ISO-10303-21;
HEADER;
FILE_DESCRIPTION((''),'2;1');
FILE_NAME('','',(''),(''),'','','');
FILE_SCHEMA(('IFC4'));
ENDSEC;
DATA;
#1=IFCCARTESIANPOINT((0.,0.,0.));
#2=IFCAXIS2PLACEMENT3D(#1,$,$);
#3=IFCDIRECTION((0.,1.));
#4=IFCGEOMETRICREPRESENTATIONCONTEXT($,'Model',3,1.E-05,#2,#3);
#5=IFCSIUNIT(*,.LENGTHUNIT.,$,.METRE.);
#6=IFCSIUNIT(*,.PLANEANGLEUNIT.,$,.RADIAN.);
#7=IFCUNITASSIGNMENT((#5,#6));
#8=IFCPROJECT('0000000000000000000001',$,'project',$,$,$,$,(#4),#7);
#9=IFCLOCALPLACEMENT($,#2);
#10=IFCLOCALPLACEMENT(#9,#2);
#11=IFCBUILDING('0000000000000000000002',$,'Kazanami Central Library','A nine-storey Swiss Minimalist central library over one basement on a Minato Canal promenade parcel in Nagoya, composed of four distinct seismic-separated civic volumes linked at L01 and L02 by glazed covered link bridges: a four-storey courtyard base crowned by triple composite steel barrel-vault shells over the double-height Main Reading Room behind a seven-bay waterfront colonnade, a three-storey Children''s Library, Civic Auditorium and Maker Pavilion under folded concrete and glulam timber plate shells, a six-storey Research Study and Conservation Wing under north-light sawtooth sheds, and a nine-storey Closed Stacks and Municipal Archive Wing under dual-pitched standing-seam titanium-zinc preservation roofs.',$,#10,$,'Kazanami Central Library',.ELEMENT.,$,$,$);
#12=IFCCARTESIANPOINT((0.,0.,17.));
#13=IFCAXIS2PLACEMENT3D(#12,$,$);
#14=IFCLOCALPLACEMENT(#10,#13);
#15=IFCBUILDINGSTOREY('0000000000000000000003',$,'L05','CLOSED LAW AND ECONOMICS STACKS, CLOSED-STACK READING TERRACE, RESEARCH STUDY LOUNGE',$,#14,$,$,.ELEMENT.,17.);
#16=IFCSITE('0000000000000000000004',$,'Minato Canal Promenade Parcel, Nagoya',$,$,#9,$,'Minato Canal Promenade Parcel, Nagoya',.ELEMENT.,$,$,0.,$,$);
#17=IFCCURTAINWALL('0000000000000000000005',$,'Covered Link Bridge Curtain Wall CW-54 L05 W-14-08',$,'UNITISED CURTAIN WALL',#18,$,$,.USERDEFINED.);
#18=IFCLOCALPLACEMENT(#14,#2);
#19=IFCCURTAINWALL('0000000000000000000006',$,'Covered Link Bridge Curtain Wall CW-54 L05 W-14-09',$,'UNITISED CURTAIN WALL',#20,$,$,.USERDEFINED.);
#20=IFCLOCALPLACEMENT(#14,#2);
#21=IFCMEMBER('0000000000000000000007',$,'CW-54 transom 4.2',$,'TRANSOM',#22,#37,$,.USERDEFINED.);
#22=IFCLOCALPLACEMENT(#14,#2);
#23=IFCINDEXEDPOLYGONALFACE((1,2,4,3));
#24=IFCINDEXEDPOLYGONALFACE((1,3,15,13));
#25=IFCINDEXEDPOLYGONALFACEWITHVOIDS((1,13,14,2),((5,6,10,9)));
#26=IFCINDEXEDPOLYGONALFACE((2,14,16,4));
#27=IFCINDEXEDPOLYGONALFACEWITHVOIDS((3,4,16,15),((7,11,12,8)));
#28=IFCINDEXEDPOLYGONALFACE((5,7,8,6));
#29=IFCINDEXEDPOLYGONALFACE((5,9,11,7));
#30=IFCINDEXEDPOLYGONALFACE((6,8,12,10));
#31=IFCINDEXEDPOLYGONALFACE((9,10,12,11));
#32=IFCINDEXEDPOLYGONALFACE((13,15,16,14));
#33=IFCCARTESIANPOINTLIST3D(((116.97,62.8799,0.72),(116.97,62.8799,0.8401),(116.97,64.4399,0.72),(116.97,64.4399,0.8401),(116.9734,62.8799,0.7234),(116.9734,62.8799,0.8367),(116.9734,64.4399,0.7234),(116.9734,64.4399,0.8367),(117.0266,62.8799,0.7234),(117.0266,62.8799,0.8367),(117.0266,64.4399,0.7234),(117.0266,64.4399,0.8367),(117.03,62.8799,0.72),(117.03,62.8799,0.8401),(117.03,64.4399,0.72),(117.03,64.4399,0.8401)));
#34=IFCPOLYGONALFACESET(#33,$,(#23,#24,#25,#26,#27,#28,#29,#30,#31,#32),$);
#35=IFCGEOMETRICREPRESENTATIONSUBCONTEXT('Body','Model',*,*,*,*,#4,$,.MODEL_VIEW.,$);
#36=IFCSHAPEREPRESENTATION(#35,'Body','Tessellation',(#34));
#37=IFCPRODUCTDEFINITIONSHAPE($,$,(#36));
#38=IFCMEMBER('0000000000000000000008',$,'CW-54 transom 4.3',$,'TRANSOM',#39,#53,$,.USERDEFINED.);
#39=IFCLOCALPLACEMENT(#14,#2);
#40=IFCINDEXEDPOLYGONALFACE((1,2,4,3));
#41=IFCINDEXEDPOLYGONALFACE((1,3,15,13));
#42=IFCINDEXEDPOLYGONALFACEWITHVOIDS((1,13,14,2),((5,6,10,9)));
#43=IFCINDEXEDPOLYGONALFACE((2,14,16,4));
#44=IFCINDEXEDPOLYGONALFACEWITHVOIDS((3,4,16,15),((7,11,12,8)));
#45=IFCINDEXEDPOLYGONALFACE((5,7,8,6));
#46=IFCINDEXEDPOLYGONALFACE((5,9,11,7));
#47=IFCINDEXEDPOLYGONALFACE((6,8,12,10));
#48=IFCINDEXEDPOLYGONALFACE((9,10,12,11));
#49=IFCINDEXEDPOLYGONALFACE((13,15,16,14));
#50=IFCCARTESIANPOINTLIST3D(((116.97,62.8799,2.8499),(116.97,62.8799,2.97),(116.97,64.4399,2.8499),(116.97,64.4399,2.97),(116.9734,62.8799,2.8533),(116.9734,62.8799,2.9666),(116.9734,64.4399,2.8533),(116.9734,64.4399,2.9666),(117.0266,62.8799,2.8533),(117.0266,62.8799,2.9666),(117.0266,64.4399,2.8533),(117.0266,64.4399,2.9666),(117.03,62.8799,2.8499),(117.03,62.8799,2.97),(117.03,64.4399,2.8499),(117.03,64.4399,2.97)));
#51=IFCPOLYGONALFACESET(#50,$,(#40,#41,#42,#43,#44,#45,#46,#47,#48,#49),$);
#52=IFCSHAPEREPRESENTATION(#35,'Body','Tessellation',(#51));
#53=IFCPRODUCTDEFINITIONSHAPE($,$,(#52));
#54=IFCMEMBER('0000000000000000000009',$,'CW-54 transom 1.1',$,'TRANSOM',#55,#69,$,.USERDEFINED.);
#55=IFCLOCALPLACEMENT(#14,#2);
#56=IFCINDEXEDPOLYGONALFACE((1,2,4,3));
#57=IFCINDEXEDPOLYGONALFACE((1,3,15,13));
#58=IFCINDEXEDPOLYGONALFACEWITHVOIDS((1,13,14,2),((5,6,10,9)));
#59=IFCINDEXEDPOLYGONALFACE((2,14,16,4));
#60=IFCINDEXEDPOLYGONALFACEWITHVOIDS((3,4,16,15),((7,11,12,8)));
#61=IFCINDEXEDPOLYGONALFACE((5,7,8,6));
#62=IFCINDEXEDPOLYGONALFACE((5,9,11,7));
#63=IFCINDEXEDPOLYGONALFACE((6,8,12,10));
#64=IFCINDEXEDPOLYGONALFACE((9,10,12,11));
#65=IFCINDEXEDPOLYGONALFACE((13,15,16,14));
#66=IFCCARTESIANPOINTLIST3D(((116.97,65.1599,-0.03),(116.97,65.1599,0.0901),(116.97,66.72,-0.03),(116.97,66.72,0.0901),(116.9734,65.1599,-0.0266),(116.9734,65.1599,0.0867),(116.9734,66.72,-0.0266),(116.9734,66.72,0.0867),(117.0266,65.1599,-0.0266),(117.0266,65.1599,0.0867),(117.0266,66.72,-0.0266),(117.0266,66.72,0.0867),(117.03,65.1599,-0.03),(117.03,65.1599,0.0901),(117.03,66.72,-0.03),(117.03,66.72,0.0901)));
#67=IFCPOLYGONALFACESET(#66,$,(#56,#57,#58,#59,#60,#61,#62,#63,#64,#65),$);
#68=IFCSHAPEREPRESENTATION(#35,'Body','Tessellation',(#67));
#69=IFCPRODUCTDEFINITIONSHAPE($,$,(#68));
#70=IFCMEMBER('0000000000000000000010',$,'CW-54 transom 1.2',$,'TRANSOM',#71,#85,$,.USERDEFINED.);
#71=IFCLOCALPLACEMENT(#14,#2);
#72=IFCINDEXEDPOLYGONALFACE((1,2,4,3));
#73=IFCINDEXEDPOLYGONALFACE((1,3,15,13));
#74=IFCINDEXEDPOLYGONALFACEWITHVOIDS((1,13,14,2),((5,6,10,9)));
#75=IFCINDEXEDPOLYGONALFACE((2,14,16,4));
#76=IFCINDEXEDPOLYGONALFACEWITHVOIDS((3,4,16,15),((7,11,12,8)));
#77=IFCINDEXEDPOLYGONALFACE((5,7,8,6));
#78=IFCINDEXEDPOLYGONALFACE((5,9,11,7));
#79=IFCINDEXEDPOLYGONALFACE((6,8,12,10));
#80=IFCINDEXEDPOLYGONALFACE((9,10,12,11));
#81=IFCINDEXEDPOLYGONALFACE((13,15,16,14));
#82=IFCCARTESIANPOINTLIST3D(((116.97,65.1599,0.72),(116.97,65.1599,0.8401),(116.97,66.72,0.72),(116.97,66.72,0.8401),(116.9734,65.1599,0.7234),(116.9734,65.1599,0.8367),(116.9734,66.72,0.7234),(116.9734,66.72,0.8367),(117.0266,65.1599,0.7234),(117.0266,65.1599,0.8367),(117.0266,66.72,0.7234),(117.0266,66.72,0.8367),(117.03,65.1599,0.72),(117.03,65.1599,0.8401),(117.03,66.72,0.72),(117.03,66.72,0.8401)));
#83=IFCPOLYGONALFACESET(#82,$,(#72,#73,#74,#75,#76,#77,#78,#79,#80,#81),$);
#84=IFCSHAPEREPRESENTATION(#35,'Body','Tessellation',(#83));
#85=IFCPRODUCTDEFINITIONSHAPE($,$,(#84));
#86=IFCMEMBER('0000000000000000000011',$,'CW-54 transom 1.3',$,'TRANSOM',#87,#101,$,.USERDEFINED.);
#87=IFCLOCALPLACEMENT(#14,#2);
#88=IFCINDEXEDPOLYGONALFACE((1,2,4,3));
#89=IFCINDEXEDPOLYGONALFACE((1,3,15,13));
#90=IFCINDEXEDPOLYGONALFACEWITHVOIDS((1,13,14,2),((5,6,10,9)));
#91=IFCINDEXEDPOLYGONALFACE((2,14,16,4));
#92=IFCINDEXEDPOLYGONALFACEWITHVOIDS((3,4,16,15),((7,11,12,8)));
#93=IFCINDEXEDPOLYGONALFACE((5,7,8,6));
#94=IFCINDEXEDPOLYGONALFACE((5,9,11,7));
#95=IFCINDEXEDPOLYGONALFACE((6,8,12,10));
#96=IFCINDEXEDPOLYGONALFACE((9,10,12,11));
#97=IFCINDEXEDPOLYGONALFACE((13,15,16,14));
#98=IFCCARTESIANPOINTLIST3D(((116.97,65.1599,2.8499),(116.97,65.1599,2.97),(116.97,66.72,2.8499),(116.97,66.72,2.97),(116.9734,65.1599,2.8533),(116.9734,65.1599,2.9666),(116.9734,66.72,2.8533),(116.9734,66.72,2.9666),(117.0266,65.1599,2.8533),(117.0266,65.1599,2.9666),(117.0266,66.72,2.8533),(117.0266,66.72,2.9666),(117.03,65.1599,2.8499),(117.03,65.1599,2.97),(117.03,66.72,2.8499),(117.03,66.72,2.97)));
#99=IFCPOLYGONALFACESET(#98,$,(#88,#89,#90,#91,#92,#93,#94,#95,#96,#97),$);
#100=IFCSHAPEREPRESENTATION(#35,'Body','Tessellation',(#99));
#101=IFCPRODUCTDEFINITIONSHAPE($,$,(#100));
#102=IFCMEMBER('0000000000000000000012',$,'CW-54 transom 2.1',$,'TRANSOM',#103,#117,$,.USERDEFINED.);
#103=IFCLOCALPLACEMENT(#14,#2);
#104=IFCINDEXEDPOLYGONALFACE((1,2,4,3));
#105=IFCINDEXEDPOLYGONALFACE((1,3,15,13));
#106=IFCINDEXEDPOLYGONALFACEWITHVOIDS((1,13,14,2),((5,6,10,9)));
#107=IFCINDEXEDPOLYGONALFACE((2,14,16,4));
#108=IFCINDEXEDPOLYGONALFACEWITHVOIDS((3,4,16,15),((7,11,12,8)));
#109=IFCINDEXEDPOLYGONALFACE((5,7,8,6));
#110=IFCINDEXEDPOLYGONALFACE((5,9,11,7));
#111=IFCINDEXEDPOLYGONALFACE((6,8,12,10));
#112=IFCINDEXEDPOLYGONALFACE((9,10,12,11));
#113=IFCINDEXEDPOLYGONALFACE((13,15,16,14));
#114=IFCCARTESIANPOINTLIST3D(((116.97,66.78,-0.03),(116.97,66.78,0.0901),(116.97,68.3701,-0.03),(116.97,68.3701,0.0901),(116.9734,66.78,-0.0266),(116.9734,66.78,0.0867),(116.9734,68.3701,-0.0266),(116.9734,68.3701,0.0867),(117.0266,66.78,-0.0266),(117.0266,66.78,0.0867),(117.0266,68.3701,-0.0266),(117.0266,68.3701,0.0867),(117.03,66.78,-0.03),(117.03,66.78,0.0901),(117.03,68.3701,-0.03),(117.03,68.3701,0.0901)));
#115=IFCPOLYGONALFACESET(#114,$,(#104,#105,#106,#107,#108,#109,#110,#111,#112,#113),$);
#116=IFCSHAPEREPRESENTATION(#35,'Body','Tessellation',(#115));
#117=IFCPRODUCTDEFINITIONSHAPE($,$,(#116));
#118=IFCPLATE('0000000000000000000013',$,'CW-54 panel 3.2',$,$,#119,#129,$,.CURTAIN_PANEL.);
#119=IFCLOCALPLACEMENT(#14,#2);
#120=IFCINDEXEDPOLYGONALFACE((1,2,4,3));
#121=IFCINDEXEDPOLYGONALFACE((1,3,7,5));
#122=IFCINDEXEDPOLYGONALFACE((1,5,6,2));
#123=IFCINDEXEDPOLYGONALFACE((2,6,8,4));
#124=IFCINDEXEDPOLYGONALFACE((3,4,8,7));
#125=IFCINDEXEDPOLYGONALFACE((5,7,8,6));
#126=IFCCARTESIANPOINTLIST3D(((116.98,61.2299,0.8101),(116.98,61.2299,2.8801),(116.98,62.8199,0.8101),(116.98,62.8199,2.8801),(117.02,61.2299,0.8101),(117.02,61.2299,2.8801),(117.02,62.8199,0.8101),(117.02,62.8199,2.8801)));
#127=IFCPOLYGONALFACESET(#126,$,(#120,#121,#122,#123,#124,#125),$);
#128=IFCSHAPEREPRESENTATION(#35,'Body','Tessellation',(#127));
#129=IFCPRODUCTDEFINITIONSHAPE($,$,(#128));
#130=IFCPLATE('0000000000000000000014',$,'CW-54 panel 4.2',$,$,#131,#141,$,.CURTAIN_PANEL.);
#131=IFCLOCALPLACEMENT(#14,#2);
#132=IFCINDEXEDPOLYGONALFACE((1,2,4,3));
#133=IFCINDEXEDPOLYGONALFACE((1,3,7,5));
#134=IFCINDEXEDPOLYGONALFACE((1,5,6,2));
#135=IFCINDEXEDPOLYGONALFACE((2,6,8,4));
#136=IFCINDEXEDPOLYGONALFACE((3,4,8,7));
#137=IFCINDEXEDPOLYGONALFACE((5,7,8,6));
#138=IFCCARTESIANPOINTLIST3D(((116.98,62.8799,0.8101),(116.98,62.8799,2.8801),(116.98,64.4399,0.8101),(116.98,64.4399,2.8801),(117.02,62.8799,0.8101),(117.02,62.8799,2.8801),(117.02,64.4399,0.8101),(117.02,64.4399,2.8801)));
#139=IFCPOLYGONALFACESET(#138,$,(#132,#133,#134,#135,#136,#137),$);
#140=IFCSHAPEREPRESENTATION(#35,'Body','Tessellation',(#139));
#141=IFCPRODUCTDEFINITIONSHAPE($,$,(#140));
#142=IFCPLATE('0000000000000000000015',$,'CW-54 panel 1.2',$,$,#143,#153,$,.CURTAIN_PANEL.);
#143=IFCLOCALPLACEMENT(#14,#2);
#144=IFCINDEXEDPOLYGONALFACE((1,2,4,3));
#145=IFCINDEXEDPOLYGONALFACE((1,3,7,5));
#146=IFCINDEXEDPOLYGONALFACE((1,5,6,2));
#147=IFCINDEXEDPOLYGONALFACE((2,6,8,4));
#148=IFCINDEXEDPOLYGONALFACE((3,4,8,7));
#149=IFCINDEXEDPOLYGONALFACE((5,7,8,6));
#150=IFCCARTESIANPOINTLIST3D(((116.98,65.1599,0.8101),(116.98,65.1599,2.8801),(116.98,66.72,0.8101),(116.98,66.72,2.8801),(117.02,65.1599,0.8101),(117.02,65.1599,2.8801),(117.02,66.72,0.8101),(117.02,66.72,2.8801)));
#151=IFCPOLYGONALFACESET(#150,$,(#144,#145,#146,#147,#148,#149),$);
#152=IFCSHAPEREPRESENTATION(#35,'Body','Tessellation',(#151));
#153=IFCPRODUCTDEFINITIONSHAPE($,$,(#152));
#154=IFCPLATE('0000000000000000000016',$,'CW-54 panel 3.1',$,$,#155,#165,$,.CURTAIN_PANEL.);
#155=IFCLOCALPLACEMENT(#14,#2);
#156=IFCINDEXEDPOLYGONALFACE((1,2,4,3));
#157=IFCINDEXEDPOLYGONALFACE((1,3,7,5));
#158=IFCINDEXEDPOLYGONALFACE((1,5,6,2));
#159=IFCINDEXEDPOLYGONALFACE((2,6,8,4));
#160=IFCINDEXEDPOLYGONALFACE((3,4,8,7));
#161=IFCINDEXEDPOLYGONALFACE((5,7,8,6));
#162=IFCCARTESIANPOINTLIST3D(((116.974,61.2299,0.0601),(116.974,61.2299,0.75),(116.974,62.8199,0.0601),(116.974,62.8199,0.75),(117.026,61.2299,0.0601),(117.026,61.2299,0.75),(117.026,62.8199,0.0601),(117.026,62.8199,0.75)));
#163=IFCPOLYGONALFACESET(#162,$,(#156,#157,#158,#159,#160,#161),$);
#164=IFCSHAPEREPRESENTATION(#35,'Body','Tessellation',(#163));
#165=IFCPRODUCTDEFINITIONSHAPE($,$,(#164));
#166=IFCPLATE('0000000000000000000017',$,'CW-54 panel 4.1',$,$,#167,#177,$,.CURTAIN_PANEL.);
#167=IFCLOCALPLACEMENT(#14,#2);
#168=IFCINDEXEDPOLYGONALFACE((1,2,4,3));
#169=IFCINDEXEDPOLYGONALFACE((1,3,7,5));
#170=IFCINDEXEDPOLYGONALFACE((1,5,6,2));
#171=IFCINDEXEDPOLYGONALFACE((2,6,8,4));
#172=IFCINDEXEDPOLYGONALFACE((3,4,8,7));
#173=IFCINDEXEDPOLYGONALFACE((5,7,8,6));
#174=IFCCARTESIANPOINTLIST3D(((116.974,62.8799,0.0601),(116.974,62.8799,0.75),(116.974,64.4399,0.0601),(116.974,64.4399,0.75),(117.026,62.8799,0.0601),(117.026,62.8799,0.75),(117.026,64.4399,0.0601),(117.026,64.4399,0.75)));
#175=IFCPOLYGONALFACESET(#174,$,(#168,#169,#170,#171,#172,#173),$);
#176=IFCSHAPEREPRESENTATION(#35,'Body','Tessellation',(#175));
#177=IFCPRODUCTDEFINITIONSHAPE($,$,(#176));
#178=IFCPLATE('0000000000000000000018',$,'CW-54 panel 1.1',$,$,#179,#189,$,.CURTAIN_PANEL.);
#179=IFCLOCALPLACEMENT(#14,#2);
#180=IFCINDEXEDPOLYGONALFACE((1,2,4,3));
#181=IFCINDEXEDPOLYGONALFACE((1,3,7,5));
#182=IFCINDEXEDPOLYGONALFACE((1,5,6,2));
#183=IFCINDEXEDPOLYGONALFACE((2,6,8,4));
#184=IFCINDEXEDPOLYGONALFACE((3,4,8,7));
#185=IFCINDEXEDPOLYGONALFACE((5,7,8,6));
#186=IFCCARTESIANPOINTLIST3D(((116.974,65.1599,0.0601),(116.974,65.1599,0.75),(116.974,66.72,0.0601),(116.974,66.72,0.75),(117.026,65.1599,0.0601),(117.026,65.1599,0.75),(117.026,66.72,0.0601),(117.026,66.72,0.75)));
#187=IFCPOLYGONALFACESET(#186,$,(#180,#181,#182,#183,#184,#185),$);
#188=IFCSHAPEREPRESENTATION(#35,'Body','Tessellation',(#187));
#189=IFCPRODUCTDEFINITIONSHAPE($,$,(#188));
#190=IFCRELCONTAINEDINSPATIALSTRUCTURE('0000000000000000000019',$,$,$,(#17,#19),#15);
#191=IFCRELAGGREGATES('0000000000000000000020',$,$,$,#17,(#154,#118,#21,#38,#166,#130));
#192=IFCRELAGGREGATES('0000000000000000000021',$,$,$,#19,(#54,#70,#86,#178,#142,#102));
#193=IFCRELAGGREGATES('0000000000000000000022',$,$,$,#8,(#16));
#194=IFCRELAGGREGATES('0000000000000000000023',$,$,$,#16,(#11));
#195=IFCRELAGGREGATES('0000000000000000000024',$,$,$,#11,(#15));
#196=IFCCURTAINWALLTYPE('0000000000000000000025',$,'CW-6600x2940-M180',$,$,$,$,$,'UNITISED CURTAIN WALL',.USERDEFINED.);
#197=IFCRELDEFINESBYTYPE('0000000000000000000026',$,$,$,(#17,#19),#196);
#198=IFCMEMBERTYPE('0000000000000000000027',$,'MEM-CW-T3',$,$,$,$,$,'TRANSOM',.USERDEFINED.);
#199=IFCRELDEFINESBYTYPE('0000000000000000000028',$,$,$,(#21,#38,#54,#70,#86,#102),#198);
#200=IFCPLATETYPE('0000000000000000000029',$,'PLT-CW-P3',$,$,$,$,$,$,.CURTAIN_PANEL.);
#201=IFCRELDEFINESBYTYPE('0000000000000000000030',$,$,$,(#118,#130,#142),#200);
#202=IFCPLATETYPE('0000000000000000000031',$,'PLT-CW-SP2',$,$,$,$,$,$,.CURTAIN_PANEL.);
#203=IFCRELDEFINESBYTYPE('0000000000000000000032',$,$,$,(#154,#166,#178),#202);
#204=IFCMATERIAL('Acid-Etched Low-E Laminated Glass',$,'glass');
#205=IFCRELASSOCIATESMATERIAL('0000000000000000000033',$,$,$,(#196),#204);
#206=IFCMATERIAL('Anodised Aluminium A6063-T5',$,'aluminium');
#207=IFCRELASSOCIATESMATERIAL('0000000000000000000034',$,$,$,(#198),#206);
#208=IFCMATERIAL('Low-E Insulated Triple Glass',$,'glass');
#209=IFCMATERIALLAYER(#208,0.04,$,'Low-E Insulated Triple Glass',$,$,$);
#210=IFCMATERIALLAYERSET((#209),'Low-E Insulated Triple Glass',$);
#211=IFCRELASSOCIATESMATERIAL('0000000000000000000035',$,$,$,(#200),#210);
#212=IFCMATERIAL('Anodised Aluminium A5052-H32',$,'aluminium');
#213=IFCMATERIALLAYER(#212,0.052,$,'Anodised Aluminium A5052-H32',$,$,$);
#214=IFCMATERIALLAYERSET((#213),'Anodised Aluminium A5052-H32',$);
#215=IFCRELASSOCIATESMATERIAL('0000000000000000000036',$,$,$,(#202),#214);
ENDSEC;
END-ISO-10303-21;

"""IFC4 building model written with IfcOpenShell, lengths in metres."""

from ifc_helpers import new_model, si_unit, direction, frame, origin, origin_2d, place, context, subcontext, project, spatial, rectangle, hollow_rectangle, extrude, material, layer, layer_set, material_profile, profile_set, type_object, element, aggregate, save


model = new_model("IFC4")

# Units and contexts
model_context = context("Model", 3, precision=1e-05, world=origin(), true_north=direction((0.0, 1.0)))
body_context = subcontext(model_context, "Body", "Model", "MODEL_VIEW")
ifc_project = project(units=[si_unit("LENGTHUNIT", "METRE"), si_unit("PLANEANGLEUNIT", "RADIAN")], contexts=[model_context])

# Site, building, storey
site_placement = place(None, origin())
site = spatial("IfcSite", under=ifc_project, at=site_placement, Name="Minato Canal Promenade Parcel, Nagoya", LongName="Minato Canal Promenade Parcel, Nagoya", CompositionType="ELEMENT", RefElevation=0.0)
building_placement = place(site_placement, origin())
building = spatial("IfcBuilding", under=site, at=building_placement, Name="Kazanami Central Library", Description="A nine-storey Swiss Minimalist central library over one basement on a Minato Canal promenade parcel in Nagoya, composed of four distinct seismic-separated civic volumes linked at L01 and L02 by glazed covered link bridges: a four-storey courtyard base crowned by triple composite steel barrel-vault shells over the double-height Main Reading Room behind a seven-bay waterfront colonnade, a three-storey Children's Library, Civic Auditorium and Maker Pavilion under folded concrete and glulam timber plate shells, a six-storey Research Study and Conservation Wing under north-light sawtooth sheds, and a nine-storey Closed Stacks and Municipal Archive Wing under dual-pitched standing-seam titanium-zinc preservation roofs.", LongName="Kazanami Central Library", CompositionType="ELEMENT")
storey_placement = place(building_placement, frame((0.0, 0.0, 17.0)))
storey = spatial("IfcBuildingStorey", under=building, at=storey_placement, Name="L05", Description="CLOSED LAW AND ECONOMICS STACKS, CLOSED-STACK READING TERRACE, RESEARCH STUDY LOUNGE", CompositionType="ELEMENT", Elevation=17.0)

# Curtain walls
ifc_material_1 = material(Name="Acid-Etched Low-E Laminated Glass", Category="glass")
curtain_wall_type = type_object("IfcCurtainWallType", Name="CW-6600x2940-M180", ElementType="UNITISED CURTAIN WALL", PredefinedType="USERDEFINED", material=ifc_material_1)
curtain_wall_1_placement = place(storey_placement, origin())
curtain_wall_1 = element("IfcCurtainWall", 1, at=curtain_wall_1_placement, inside=storey, type_object=curtain_wall_type, Name="Covered Link Bridge Curtain Wall CW-54 L05 W-14-08", ObjectType="UNITISED CURTAIN WALL", PredefinedType="USERDEFINED")
ifc_material_2 = material(Name="Anodised Aluminium A6063-T5", Category="aluminium")
curtain_wall_2_placement = place(storey_placement, origin())
curtain_wall_2 = element("IfcCurtainWall", 2, at=curtain_wall_2_placement, inside=storey, type_object=curtain_wall_type, Name="Covered Link Bridge Curtain Wall CW-54 L05 W-14-09", ObjectType="UNITISED CURTAIN WALL", PredefinedType="USERDEFINED")

# Members
ifc_material_profile_1 = material_profile(ifc_material_2, hollow_rectangle(XDim=0.0601, YDim=0.1201, WallThickness=0.0034, at=origin_2d()), Name="ALU-TRAN-60x120x3.5")
ifc_profile_set_1 = profile_set([ifc_material_profile_1], Name="Anodised Aluminium A6063-T5")
member_type_1 = type_object("IfcMemberType", Name="MEM-CW-T3", ElementType="TRANSOM", PredefinedType="USERDEFINED", material=ifc_profile_set_1)
member_1_placement = place(storey_placement, frame((117.0, 62.8799, 0.78), z_axis=(0.0, 1.0, 0.0), x_axis=(-1.0, 0.0, 0.0)))
member_1 = element("IfcMember", 3, at=member_1_placement, type_object=member_type_1, Name="CW-54 transom 4.2", ObjectType="TRANSOM", PredefinedType="USERDEFINED", context=body_context, shape_type="SweptSolid", body=[
    extrude(hollow_rectangle(XDim=0.0601, YDim=0.1201, WallThickness=0.0034, at=origin_2d()), origin(), (0.0, 0.0, 1.0), 1.5601),
])
member_2_placement = place(storey_placement, frame((117.0, 62.8799, 2.9099), z_axis=(0.0, 1.0, 0.0), x_axis=(-1.0, 0.0, 0.0)))
member_2 = element("IfcMember", 4, at=member_2_placement, type_object=member_type_1, Name="CW-54 transom 4.3", ObjectType="TRANSOM", PredefinedType="USERDEFINED", context=body_context, shape_type="SweptSolid", body=[
    extrude(hollow_rectangle(XDim=0.0601, YDim=0.1201, WallThickness=0.0034, at=origin_2d()), origin(), (0.0, 0.0, 1.0), 1.5601),
])
member_3_placement = place(storey_placement, frame((117.0, 65.1599, 0.03), z_axis=(0.0, 1.0, 0.0), x_axis=(-1.0, 0.0, 0.0)))
member_3 = element("IfcMember", 5, at=member_3_placement, type_object=member_type_1, Name="CW-54 transom 1.1", ObjectType="TRANSOM", PredefinedType="USERDEFINED", context=body_context, shape_type="SweptSolid", body=[
    extrude(hollow_rectangle(XDim=0.0601, YDim=0.1201, WallThickness=0.0034, at=origin_2d()), origin(), (0.0, 0.0, 1.0), 1.5601),
])
member_4_placement = place(storey_placement, frame((117.0, 65.1599, 0.78), z_axis=(0.0, 1.0, 0.0), x_axis=(-1.0, 0.0, 0.0)))
member_4 = element("IfcMember", 6, at=member_4_placement, type_object=member_type_1, Name="CW-54 transom 1.2", ObjectType="TRANSOM", PredefinedType="USERDEFINED", context=body_context, shape_type="SweptSolid", body=[
    extrude(hollow_rectangle(XDim=0.0601, YDim=0.1201, WallThickness=0.0034, at=origin_2d()), origin(), (0.0, 0.0, 1.0), 1.5601),
])
member_5_placement = place(storey_placement, frame((117.0, 65.1599, 2.9099), z_axis=(0.0, 1.0, 0.0), x_axis=(-1.0, 0.0, 0.0)))
member_5 = element("IfcMember", 7, at=member_5_placement, type_object=member_type_1, Name="CW-54 transom 1.3", ObjectType="TRANSOM", PredefinedType="USERDEFINED", context=body_context, shape_type="SweptSolid", body=[
    extrude(hollow_rectangle(XDim=0.0601, YDim=0.1201, WallThickness=0.0034, at=origin_2d()), origin(), (0.0, 0.0, 1.0), 1.5601),
])
member_6_placement = place(storey_placement, frame((117.0, 66.78, 0.03), z_axis=(0.0, 1.0, 0.0), x_axis=(-1.0, 0.0, 0.0)))
member_6 = element("IfcMember", 8, at=member_6_placement, type_object=member_type_1, Name="CW-54 transom 2.1", ObjectType="TRANSOM", PredefinedType="USERDEFINED", context=body_context, shape_type="SweptSolid", body=[
    extrude(hollow_rectangle(XDim=0.0601, YDim=0.1201, WallThickness=0.0034, at=origin_2d()), origin(), (0.0, 0.0, 1.0), 1.5901),
])

# Plates
ifc_material_3 = material(Name="Low-E Insulated Triple Glass", Category="glass")
ifc_layer_1 = layer(ifc_material_3, 0.04, Name="Low-E Insulated Triple Glass")
ifc_layer_set_1 = layer_set([ifc_layer_1], Name="Low-E Insulated Triple Glass")
plate_type_1 = type_object("IfcPlateType", Name="PLT-CW-P3", PredefinedType="CURTAIN_PANEL", material=ifc_layer_set_1)
plate_1_placement = place(storey_placement, frame((117.0, 62.0249, 0.8101), z_axis=(0.0, 0.0, 1.0), x_axis=(0.0, 1.0, 0.0)))
plate_1 = element("IfcPlate", 9, at=plate_1_placement, type_object=plate_type_1, Name="CW-54 panel 3.2", PredefinedType="CURTAIN_PANEL", context=body_context, shape_type="SweptSolid", body=[
    extrude(rectangle(XDim=1.5901, YDim=0.04, at=origin_2d()), origin(), (0.0, 0.0, 1.0), 2.0701),
])
plate_2_placement = place(storey_placement, frame((117.0, 63.6599, 0.8101), z_axis=(0.0, 0.0, 1.0), x_axis=(0.0, 1.0, 0.0)))
plate_2 = element("IfcPlate", 10, at=plate_2_placement, type_object=plate_type_1, Name="CW-54 panel 4.2", PredefinedType="CURTAIN_PANEL", context=body_context, shape_type="SweptSolid", body=[
    extrude(rectangle(XDim=1.5601, YDim=0.04, at=origin_2d()), origin(), (0.0, 0.0, 1.0), 2.0701),
])
plate_3_placement = place(storey_placement, frame((117.0, 65.9399, 0.8101), z_axis=(0.0, 0.0, 1.0), x_axis=(0.0, 1.0, 0.0)))
plate_3 = element("IfcPlate", 11, at=plate_3_placement, type_object=plate_type_1, Name="CW-54 panel 1.2", PredefinedType="CURTAIN_PANEL", context=body_context, shape_type="SweptSolid", body=[
    extrude(rectangle(XDim=1.5601, YDim=0.04, at=origin_2d()), origin(), (0.0, 0.0, 1.0), 2.0701),
])
ifc_material_4 = material(Name="Anodised Aluminium A5052-H32", Category="aluminium")
ifc_layer_2 = layer(ifc_material_4, 0.052, Name="Anodised Aluminium A5052-H32")
ifc_layer_set_2 = layer_set([ifc_layer_2], Name="Anodised Aluminium A5052-H32")
plate_type_2 = type_object("IfcPlateType", Name="PLT-CW-SP2", PredefinedType="CURTAIN_PANEL", material=ifc_layer_set_2)
plate_4_placement = place(storey_placement, frame((117.0, 62.0249, 0.0601), z_axis=(0.0, 0.0, 1.0), x_axis=(0.0, 1.0, 0.0)))
plate_4 = element("IfcPlate", 12, at=plate_4_placement, type_object=plate_type_2, Name="CW-54 panel 3.1", PredefinedType="CURTAIN_PANEL", context=body_context, shape_type="SweptSolid", body=[
    extrude(rectangle(XDim=1.5901, YDim=0.052, at=origin_2d()), origin(), (0.0, 0.0, 1.0), 0.6899),
])
plate_5_placement = place(storey_placement, frame((117.0, 63.6599, 0.0601), z_axis=(0.0, 0.0, 1.0), x_axis=(0.0, 1.0, 0.0)))
plate_5 = element("IfcPlate", 13, at=plate_5_placement, type_object=plate_type_2, Name="CW-54 panel 4.1", PredefinedType="CURTAIN_PANEL", context=body_context, shape_type="SweptSolid", body=[
    extrude(rectangle(XDim=1.5601, YDim=0.052, at=origin_2d()), origin(), (0.0, 0.0, 1.0), 0.6899),
])
aggregate(curtain_wall_1, [plate_4, plate_1, member_1, member_2, plate_5, plate_2])
plate_6_placement = place(storey_placement, frame((117.0, 65.9399, 0.0601), z_axis=(0.0, 0.0, 1.0), x_axis=(0.0, 1.0, 0.0)))
plate_6 = element("IfcPlate", 14, at=plate_6_placement, type_object=plate_type_2, Name="CW-54 panel 1.1", PredefinedType="CURTAIN_PANEL", context=body_context, shape_type="SweptSolid", body=[
    extrude(rectangle(XDim=1.5601, YDim=0.052, at=origin_2d()), origin(), (0.0, 0.0, 1.0), 0.6899),
])
aggregate(curtain_wall_2, [member_3, member_4, member_5, plate_6, plate_3, member_6])

save(model, "model.ifc")
